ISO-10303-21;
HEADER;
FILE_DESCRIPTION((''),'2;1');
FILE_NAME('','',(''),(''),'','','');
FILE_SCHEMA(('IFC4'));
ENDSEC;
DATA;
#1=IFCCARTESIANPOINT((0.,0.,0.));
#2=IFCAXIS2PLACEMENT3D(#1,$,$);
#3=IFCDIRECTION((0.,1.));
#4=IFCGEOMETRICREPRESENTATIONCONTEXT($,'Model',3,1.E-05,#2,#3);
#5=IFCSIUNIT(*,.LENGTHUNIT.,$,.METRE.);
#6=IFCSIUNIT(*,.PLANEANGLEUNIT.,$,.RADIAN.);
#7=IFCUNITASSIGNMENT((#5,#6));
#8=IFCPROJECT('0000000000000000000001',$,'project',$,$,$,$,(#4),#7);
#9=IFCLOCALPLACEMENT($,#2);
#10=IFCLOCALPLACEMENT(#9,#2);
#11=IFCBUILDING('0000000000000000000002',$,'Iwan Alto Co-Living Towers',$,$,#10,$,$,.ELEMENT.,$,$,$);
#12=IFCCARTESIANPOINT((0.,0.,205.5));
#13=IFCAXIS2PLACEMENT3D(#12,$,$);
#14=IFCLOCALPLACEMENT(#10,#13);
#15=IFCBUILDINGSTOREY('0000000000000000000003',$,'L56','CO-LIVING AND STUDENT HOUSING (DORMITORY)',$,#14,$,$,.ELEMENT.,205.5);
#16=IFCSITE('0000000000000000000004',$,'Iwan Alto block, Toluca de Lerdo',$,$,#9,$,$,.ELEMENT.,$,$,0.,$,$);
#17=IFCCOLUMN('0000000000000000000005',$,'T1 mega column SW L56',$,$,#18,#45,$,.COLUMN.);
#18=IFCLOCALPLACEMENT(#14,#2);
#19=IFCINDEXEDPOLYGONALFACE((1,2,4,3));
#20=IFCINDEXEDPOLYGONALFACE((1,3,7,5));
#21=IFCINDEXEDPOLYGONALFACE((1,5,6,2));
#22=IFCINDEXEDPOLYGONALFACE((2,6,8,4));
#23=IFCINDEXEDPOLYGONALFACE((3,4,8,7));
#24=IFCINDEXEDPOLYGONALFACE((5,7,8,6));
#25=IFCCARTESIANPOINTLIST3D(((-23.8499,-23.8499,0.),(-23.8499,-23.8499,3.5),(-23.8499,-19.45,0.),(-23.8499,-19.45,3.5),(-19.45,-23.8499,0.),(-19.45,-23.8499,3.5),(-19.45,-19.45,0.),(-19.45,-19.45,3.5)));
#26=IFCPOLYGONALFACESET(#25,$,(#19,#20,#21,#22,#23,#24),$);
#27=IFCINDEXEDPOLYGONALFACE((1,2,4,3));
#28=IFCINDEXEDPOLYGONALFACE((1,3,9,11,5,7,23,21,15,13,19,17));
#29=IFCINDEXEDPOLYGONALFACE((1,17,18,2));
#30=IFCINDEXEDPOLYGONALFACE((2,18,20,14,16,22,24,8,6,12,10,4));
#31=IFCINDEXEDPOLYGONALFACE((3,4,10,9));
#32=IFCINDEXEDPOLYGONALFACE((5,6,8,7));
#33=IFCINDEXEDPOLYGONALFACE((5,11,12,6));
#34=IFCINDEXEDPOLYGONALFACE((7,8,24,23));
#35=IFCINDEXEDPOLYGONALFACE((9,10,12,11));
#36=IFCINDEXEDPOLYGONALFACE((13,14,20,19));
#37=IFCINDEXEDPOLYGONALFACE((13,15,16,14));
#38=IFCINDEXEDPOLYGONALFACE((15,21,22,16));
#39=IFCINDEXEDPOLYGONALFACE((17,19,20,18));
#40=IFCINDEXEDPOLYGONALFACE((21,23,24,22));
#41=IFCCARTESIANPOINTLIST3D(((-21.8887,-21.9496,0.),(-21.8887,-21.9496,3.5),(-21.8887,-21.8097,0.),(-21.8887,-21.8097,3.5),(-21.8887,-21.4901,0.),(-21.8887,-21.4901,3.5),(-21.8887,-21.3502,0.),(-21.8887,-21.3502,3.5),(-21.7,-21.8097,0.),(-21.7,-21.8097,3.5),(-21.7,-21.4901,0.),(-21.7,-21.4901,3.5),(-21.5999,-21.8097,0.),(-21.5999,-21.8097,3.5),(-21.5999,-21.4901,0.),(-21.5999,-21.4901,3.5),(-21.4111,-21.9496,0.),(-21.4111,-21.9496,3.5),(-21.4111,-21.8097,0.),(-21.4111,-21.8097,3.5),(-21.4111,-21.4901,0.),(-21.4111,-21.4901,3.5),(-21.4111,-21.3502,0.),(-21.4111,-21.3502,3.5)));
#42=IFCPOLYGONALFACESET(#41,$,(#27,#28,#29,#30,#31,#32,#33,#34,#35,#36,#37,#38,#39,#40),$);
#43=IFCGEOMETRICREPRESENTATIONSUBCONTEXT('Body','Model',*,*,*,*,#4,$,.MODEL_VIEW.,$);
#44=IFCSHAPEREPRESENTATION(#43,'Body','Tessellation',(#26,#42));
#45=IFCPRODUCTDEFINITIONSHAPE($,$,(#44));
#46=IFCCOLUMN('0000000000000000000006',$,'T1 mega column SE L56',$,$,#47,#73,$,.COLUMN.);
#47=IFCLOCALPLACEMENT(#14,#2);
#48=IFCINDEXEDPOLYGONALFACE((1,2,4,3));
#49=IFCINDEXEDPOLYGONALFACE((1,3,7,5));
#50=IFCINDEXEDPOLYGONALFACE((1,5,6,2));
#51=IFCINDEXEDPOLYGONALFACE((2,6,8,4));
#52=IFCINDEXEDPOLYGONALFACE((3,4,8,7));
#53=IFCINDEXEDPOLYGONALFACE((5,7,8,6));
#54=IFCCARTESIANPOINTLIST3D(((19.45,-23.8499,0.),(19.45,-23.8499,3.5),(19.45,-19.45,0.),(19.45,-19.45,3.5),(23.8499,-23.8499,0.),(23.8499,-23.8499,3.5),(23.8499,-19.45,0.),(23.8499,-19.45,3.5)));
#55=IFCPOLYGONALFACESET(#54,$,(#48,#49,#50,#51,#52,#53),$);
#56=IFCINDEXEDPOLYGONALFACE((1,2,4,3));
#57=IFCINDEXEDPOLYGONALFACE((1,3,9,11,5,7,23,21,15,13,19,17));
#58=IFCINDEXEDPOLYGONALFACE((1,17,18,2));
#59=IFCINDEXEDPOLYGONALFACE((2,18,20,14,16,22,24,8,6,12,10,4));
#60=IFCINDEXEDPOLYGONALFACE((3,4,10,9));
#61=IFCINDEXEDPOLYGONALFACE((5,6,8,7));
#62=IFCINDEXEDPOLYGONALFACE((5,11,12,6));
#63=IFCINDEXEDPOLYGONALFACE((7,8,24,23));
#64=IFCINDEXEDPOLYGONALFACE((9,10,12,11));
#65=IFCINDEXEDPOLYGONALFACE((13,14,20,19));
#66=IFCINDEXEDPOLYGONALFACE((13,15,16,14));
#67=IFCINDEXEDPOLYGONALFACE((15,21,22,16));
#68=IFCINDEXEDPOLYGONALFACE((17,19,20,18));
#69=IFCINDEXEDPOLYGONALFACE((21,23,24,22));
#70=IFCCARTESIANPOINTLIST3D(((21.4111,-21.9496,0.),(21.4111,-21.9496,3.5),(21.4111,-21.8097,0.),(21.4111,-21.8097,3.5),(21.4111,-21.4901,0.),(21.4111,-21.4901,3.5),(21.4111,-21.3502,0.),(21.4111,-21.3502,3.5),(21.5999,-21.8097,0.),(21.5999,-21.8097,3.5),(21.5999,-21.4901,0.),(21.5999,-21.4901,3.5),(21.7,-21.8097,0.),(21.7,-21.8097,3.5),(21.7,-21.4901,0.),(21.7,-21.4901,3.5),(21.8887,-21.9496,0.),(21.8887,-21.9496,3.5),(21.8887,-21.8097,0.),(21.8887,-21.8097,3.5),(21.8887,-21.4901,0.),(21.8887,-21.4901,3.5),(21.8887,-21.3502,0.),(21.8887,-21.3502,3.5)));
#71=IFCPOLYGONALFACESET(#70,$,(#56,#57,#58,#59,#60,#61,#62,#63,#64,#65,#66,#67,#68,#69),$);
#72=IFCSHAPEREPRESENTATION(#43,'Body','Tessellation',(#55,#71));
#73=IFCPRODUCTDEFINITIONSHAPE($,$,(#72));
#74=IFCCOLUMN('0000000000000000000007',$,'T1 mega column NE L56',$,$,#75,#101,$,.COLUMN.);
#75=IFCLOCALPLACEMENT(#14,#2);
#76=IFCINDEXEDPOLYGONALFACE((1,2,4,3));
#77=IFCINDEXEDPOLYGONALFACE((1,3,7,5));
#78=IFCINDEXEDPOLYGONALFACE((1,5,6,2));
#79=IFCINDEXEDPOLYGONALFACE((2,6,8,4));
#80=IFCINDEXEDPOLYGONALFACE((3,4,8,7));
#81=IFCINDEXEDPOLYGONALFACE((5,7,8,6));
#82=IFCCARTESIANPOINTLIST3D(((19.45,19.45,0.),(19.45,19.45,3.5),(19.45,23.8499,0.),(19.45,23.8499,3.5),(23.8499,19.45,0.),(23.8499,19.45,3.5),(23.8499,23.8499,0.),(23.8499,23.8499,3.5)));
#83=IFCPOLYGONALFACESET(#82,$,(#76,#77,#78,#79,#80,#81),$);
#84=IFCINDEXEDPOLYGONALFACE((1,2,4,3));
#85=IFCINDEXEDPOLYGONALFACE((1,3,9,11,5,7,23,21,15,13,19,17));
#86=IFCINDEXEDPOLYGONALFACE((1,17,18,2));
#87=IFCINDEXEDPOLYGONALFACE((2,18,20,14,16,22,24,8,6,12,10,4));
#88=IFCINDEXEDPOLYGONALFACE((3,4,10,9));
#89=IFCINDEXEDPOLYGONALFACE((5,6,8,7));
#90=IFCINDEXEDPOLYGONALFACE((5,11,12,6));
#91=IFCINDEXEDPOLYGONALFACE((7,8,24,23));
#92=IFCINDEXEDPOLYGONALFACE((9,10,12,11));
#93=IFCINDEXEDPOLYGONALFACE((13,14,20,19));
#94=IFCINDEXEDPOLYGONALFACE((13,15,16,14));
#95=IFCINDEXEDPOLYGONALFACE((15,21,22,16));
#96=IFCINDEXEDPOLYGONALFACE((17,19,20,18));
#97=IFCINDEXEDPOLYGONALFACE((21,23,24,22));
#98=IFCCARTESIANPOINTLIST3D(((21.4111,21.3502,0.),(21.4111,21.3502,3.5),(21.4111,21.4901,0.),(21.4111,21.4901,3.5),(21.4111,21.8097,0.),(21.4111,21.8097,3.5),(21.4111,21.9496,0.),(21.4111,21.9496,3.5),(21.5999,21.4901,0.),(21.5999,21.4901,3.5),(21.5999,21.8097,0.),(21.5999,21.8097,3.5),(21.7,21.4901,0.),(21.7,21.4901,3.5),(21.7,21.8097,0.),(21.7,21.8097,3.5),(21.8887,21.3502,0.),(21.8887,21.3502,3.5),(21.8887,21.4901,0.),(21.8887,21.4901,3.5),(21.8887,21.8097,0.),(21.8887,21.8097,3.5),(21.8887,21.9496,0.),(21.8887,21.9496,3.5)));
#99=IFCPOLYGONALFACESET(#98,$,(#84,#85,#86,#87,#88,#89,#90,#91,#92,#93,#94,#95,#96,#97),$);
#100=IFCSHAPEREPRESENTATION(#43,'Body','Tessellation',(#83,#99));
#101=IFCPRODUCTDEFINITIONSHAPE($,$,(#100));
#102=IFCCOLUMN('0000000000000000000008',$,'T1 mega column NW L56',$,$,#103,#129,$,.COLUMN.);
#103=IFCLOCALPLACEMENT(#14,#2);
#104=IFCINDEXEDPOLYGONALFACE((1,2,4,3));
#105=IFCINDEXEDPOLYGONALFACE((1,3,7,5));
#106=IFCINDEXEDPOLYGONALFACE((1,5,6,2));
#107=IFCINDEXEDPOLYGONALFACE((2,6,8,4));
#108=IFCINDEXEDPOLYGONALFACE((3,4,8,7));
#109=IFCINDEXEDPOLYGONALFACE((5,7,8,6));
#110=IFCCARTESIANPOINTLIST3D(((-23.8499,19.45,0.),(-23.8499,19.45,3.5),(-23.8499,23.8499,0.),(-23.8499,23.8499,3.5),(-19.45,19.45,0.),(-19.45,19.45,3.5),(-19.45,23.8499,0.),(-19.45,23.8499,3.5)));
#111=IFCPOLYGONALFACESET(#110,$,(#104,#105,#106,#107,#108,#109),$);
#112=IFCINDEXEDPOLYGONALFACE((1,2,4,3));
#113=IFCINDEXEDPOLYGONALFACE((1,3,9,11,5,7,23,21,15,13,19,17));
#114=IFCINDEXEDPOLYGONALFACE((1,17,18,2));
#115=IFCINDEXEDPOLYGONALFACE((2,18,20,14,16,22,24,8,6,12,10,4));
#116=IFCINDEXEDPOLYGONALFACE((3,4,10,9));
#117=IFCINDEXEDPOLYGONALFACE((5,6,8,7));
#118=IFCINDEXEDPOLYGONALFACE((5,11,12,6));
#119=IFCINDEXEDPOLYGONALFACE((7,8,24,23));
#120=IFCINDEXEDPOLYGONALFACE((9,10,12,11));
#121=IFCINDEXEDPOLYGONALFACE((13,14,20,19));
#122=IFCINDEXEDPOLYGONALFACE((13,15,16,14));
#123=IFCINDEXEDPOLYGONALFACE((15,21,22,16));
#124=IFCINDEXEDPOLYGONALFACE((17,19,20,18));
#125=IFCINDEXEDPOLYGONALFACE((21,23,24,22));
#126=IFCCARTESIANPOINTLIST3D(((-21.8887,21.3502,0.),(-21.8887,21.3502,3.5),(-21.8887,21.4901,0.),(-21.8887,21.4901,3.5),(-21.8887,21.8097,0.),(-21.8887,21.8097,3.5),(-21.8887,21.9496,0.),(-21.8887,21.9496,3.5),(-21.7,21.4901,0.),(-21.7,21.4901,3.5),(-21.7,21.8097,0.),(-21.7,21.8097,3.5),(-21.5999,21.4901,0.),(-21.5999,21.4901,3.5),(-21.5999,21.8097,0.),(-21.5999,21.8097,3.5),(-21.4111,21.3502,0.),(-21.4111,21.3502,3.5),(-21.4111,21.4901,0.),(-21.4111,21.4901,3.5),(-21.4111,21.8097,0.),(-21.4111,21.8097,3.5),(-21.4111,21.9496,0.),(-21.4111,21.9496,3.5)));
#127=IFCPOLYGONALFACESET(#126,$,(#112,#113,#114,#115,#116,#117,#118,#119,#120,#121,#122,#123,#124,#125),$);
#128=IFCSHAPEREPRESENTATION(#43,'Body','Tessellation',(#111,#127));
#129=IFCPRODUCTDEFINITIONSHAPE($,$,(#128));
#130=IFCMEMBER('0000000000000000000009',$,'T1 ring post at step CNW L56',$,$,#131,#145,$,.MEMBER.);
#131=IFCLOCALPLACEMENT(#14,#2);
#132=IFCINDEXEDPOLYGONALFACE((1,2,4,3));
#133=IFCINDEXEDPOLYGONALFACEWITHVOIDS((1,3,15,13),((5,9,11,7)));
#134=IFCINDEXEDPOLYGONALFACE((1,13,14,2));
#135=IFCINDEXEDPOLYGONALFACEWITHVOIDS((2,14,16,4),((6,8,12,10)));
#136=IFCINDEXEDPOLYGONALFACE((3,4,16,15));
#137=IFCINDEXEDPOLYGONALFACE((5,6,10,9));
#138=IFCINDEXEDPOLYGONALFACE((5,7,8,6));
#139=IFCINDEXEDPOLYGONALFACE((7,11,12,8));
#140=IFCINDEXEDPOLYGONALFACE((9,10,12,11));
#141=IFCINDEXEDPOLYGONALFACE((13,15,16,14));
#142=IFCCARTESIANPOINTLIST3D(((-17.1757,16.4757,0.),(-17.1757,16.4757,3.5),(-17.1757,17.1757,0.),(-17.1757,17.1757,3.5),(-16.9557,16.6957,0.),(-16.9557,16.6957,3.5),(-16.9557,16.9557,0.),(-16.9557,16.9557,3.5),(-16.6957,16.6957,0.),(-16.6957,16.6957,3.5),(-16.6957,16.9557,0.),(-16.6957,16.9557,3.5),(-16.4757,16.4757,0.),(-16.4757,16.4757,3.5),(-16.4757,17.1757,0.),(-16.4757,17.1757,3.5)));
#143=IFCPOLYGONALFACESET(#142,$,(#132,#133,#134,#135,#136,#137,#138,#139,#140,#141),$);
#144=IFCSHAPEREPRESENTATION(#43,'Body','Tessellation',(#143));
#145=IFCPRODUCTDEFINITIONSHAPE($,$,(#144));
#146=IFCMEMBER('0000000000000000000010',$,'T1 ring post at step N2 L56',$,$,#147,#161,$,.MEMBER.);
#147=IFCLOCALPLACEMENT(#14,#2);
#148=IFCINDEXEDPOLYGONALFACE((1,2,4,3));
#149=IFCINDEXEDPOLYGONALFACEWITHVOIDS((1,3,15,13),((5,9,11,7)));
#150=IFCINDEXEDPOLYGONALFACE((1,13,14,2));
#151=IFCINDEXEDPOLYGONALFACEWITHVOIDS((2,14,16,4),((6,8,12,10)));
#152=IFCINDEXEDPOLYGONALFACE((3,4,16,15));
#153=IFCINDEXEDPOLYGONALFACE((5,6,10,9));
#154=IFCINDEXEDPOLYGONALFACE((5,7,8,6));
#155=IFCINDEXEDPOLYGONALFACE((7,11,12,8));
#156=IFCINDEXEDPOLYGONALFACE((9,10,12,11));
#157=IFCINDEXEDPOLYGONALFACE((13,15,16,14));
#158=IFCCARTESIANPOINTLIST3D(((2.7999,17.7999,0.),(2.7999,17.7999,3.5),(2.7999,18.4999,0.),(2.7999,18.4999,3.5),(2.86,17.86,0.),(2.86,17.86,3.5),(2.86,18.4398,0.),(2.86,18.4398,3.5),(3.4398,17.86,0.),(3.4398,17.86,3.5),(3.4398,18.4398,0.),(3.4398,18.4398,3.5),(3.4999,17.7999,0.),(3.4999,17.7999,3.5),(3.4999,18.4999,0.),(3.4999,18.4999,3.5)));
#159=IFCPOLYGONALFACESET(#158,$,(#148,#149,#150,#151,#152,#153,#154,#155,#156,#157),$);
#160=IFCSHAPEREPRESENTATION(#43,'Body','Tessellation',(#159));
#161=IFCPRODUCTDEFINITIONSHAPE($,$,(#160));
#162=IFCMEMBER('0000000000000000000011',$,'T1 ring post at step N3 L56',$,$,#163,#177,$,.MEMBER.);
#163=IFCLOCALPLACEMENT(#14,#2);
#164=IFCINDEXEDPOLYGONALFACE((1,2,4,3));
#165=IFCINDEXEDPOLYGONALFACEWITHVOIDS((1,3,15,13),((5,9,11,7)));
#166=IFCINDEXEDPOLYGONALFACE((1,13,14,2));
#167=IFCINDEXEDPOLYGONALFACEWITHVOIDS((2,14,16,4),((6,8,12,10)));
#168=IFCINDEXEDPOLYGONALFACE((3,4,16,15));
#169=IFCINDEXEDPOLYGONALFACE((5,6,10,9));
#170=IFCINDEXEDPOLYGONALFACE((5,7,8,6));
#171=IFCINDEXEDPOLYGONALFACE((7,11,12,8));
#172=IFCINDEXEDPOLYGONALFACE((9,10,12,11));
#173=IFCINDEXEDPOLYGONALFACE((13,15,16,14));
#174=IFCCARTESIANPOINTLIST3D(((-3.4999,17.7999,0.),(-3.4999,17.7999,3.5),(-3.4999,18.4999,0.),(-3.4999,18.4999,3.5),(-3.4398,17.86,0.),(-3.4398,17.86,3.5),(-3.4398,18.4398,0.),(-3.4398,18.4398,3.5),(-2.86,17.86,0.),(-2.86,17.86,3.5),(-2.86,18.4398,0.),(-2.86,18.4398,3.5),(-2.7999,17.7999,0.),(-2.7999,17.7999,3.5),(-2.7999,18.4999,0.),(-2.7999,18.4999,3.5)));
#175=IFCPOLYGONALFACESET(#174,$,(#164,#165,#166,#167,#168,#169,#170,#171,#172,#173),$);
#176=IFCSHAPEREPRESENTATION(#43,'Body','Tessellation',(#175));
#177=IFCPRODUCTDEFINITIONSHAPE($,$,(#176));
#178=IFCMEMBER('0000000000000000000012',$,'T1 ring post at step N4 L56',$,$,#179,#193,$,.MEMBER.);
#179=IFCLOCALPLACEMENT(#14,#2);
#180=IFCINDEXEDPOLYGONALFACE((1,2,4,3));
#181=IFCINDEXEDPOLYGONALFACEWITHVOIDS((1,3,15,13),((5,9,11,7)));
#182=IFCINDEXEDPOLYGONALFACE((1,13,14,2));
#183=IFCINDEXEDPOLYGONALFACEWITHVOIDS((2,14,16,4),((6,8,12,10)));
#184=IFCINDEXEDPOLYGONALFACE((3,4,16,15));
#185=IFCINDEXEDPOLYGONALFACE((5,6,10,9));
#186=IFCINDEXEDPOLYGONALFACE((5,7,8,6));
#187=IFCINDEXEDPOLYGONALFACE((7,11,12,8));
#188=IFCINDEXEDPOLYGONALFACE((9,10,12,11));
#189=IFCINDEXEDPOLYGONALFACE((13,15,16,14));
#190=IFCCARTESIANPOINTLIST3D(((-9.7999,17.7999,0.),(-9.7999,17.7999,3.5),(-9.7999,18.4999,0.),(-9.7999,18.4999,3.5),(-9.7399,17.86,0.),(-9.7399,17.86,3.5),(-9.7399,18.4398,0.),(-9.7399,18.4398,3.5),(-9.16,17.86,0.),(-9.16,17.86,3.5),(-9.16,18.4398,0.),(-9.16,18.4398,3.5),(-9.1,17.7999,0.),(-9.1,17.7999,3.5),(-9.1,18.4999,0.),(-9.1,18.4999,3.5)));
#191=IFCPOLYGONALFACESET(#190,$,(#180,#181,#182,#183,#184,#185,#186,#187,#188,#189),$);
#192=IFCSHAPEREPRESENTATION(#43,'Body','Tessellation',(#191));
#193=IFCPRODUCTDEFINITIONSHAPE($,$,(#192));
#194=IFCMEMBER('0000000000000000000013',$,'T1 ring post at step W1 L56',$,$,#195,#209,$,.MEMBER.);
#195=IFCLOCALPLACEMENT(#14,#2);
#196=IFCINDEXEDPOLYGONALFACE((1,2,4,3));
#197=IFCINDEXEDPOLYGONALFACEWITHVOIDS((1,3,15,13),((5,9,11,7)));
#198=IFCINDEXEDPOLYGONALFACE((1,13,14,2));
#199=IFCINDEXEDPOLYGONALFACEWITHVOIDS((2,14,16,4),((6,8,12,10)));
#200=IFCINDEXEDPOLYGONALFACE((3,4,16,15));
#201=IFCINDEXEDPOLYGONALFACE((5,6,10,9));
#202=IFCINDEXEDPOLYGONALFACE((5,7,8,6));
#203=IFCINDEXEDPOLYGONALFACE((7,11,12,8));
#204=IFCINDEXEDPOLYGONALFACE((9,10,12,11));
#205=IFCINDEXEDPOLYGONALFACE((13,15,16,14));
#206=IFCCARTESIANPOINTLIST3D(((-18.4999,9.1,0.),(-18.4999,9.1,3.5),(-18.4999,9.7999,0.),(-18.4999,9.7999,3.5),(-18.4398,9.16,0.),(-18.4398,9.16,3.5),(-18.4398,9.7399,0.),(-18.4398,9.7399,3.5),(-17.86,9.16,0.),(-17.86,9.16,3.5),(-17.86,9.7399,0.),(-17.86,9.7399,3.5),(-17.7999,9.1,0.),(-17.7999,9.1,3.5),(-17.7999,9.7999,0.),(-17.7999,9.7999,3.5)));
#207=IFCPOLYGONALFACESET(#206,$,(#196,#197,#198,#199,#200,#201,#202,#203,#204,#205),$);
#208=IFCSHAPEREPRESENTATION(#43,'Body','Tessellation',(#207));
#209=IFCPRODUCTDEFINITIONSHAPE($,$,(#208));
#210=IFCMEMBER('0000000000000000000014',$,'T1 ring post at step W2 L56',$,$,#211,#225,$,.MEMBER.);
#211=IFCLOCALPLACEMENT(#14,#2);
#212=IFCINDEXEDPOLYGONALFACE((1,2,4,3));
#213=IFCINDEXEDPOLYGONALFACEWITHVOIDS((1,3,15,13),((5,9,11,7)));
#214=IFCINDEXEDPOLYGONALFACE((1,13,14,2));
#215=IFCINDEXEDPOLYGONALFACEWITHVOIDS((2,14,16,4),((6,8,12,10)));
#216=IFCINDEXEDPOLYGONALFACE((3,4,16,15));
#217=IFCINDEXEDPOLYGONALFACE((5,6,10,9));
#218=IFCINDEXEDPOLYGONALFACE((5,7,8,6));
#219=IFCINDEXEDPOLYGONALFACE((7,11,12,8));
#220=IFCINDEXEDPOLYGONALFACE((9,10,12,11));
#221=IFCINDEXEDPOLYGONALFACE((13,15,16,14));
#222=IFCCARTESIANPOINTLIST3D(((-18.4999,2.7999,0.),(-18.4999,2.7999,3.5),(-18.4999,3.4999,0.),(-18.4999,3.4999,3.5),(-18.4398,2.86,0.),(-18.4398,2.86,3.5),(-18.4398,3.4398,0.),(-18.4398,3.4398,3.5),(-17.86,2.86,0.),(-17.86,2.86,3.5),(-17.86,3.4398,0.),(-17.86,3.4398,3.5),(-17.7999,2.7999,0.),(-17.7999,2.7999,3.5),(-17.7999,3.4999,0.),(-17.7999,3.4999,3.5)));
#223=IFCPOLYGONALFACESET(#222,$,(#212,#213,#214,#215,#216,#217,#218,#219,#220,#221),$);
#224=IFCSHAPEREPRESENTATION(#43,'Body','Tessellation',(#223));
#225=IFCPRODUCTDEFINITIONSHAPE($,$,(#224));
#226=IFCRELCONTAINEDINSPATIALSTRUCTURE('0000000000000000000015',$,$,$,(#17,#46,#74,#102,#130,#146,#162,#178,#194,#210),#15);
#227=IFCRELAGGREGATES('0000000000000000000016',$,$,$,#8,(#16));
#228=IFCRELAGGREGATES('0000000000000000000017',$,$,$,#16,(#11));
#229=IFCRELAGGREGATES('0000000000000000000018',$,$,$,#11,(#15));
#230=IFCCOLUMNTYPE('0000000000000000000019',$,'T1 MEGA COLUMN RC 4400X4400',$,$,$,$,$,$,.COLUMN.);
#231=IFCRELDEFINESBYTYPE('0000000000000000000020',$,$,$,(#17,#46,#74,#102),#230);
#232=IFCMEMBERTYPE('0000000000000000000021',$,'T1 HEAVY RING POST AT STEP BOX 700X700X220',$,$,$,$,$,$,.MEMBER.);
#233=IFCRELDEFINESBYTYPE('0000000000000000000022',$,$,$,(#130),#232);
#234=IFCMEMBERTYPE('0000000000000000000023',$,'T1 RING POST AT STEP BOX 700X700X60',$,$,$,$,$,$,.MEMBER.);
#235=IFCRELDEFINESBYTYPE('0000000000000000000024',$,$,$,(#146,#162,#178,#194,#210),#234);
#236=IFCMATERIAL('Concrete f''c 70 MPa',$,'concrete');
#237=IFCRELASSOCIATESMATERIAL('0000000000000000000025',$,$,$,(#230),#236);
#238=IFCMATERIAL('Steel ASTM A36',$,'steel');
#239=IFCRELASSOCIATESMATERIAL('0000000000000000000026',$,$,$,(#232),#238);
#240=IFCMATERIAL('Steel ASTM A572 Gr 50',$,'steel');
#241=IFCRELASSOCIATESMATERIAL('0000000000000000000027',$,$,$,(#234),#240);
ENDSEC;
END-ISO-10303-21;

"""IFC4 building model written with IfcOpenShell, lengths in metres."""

from ifc_helpers import new_model, si_unit, direction, frame, origin, origin_2d, place, context, subcontext, project, spatial, rectangle, hollow_rectangle, i_section, extrude, material, material_profile, profile_set, type_object, element, save


model = new_model("IFC4")

# Units and contexts
model_context = context("Model", 3, precision=1e-05, world=origin(), true_north=direction((0.0, 1.0)))
body_context = subcontext(model_context, "Body", "Model", "MODEL_VIEW")
ifc_project = project(units=[si_unit("LENGTHUNIT", "METRE"), si_unit("PLANEANGLEUNIT", "RADIAN")], contexts=[model_context])

# Site, building, storey
site_placement = place(None, origin())
site = spatial("IfcSite", under=ifc_project, at=site_placement, Name="Iwan Alto block, Toluca de Lerdo", CompositionType="ELEMENT", RefElevation=0.0)
building_placement = place(site_placement, origin())
building = spatial("IfcBuilding", under=site, at=building_placement, Name="Iwan Alto Co-Living Towers", CompositionType="ELEMENT")
storey_placement = place(building_placement, frame((0.0, 0.0, 205.5)))
storey = spatial("IfcBuildingStorey", under=building, at=storey_placement, Name="L56", Description="CO-LIVING AND STUDENT HOUSING (DORMITORY)", CompositionType="ELEMENT", Elevation=205.5)

# Columns
ifc_material_1 = material(Name="Concrete f'c 70 MPa", Category="concrete")
ifc_material_profile_1 = material_profile(ifc_material_1, rectangle(XDim=4.3999, YDim=4.3999, at=origin_2d()), Name="RC 4400X4400")
ifc_profile_set_1 = profile_set([ifc_material_profile_1], Name="Concrete f'c 70 MPa")
column_type = type_object("IfcColumnType", Name="T1 MEGA COLUMN RC 4400X4400", PredefinedType="COLUMN", material=ifc_profile_set_1)
for number, where, z_axis, x_axis, name in (
    (1, (-21.6499, -21.6499, 0.0), (0.0, 0.0, 1.0), (1.0, 0.0, 0.0), "T1 mega column SW L56"),
    (2, (21.6499, -21.6499, 0.0), (0.0, 0.0, 1.0), (1.0, 0.0, 0.0), "T1 mega column SE L56"),
    (3, (21.6499, 21.6499, 0.0), (0.0, 0.0, 1.0), (1.0, 0.0, 0.0), "T1 mega column NE L56"),
    (4, (-21.6499, 21.6499, 0.0), (0.0, 0.0, 1.0), (1.0, 0.0, 0.0), "T1 mega column NW L56"),
):
    element("IfcColumn", number, at=place(storey_placement, frame(where, z_axis=z_axis, x_axis=x_axis)), inside=storey, type_object=column_type, Name=name, PredefinedType="COLUMN", context=body_context, shape_type="SweptSolid", body=[
        extrude(rectangle(XDim=4.3999, YDim=4.3999, at=origin_2d()), origin(), (0.0, 0.0, 1.0), 3.5),
        extrude(i_section(OverallWidth=0.4775, OverallDepth=0.5994, WebThickness=0.1001, FlangeThickness=0.1399, at=origin_2d()), origin(), (0.0, 0.0, 1.0), 3.5),
    ])

# Members
ifc_material_2 = material(Name="Steel ASTM A36", Category="steel")
ifc_material_profile_2 = material_profile(ifc_material_2, hollow_rectangle(XDim=0.7, YDim=0.7, WallThickness=0.22, at=origin_2d()), Name="BOX 700X700X220")
ifc_profile_set_2 = profile_set([ifc_material_profile_2], Name="Steel ASTM A36")
member_type_1 = type_object("IfcMemberType", Name="T1 HEAVY RING POST AT STEP BOX 700X700X220", PredefinedType="MEMBER", material=ifc_profile_set_2)
member_placement = place(storey_placement, frame((-16.8257, 16.8257, 0.0), z_axis=(0.0, 0.0, 1.0), x_axis=(1.0, 0.0, 0.0)))
element("IfcMember", 5, at=member_placement, inside=storey, type_object=member_type_1, Name="T1 ring post at step CNW L56", PredefinedType="MEMBER", context=body_context, shape_type="SweptSolid", body=[
    extrude(hollow_rectangle(XDim=0.7, YDim=0.7, WallThickness=0.22, at=origin_2d()), origin(), (0.0, 0.0, 1.0), 3.5),
])
ifc_material_3 = material(Name="Steel ASTM A572 Gr 50", Category="steel")
ifc_material_profile_3 = material_profile(ifc_material_3, hollow_rectangle(XDim=0.7, YDim=0.7, WallThickness=0.0601, at=origin_2d()), Name="BOX 700X700X60")
ifc_profile_set_3 = profile_set([ifc_material_profile_3], Name="Steel ASTM A572 Gr 50")
member_type_2 = type_object("IfcMemberType", Name="T1 RING POST AT STEP BOX 700X700X60", PredefinedType="MEMBER", material=ifc_profile_set_3)
for number, where, z_axis, x_axis, name in (
    (6, (3.1499, 18.1499, 0.0), (0.0, 0.0, 1.0), (1.0, 0.0, 0.0), "T1 ring post at step N2 L56"),
    (7, (-3.1499, 18.1499, 0.0), (0.0, 0.0, 1.0), (1.0, 0.0, 0.0), "T1 ring post at step N3 L56"),
    (8, (-9.45, 18.1499, 0.0), (0.0, 0.0, 1.0), (1.0, 0.0, 0.0), "T1 ring post at step N4 L56"),
    (9, (-18.1499, 9.45, 0.0), (0.0, 0.0, 1.0), (1.0, 0.0, 0.0), "T1 ring post at step W1 L56"),
    (10, (-18.1499, 3.1499, 0.0), (0.0, 0.0, 1.0), (1.0, 0.0, 0.0), "T1 ring post at step W2 L56"),
):
    element("IfcMember", number, at=place(storey_placement, frame(where, z_axis=z_axis, x_axis=x_axis)), inside=storey, type_object=member_type_2, Name=name, PredefinedType="MEMBER", context=body_context, shape_type="SweptSolid", body=[
        extrude(hollow_rectangle(XDim=0.7, YDim=0.7, WallThickness=0.0601, at=origin_2d()), origin(), (0.0, 0.0, 1.0), 3.5),
    ])

save(model, "model.ifc")
